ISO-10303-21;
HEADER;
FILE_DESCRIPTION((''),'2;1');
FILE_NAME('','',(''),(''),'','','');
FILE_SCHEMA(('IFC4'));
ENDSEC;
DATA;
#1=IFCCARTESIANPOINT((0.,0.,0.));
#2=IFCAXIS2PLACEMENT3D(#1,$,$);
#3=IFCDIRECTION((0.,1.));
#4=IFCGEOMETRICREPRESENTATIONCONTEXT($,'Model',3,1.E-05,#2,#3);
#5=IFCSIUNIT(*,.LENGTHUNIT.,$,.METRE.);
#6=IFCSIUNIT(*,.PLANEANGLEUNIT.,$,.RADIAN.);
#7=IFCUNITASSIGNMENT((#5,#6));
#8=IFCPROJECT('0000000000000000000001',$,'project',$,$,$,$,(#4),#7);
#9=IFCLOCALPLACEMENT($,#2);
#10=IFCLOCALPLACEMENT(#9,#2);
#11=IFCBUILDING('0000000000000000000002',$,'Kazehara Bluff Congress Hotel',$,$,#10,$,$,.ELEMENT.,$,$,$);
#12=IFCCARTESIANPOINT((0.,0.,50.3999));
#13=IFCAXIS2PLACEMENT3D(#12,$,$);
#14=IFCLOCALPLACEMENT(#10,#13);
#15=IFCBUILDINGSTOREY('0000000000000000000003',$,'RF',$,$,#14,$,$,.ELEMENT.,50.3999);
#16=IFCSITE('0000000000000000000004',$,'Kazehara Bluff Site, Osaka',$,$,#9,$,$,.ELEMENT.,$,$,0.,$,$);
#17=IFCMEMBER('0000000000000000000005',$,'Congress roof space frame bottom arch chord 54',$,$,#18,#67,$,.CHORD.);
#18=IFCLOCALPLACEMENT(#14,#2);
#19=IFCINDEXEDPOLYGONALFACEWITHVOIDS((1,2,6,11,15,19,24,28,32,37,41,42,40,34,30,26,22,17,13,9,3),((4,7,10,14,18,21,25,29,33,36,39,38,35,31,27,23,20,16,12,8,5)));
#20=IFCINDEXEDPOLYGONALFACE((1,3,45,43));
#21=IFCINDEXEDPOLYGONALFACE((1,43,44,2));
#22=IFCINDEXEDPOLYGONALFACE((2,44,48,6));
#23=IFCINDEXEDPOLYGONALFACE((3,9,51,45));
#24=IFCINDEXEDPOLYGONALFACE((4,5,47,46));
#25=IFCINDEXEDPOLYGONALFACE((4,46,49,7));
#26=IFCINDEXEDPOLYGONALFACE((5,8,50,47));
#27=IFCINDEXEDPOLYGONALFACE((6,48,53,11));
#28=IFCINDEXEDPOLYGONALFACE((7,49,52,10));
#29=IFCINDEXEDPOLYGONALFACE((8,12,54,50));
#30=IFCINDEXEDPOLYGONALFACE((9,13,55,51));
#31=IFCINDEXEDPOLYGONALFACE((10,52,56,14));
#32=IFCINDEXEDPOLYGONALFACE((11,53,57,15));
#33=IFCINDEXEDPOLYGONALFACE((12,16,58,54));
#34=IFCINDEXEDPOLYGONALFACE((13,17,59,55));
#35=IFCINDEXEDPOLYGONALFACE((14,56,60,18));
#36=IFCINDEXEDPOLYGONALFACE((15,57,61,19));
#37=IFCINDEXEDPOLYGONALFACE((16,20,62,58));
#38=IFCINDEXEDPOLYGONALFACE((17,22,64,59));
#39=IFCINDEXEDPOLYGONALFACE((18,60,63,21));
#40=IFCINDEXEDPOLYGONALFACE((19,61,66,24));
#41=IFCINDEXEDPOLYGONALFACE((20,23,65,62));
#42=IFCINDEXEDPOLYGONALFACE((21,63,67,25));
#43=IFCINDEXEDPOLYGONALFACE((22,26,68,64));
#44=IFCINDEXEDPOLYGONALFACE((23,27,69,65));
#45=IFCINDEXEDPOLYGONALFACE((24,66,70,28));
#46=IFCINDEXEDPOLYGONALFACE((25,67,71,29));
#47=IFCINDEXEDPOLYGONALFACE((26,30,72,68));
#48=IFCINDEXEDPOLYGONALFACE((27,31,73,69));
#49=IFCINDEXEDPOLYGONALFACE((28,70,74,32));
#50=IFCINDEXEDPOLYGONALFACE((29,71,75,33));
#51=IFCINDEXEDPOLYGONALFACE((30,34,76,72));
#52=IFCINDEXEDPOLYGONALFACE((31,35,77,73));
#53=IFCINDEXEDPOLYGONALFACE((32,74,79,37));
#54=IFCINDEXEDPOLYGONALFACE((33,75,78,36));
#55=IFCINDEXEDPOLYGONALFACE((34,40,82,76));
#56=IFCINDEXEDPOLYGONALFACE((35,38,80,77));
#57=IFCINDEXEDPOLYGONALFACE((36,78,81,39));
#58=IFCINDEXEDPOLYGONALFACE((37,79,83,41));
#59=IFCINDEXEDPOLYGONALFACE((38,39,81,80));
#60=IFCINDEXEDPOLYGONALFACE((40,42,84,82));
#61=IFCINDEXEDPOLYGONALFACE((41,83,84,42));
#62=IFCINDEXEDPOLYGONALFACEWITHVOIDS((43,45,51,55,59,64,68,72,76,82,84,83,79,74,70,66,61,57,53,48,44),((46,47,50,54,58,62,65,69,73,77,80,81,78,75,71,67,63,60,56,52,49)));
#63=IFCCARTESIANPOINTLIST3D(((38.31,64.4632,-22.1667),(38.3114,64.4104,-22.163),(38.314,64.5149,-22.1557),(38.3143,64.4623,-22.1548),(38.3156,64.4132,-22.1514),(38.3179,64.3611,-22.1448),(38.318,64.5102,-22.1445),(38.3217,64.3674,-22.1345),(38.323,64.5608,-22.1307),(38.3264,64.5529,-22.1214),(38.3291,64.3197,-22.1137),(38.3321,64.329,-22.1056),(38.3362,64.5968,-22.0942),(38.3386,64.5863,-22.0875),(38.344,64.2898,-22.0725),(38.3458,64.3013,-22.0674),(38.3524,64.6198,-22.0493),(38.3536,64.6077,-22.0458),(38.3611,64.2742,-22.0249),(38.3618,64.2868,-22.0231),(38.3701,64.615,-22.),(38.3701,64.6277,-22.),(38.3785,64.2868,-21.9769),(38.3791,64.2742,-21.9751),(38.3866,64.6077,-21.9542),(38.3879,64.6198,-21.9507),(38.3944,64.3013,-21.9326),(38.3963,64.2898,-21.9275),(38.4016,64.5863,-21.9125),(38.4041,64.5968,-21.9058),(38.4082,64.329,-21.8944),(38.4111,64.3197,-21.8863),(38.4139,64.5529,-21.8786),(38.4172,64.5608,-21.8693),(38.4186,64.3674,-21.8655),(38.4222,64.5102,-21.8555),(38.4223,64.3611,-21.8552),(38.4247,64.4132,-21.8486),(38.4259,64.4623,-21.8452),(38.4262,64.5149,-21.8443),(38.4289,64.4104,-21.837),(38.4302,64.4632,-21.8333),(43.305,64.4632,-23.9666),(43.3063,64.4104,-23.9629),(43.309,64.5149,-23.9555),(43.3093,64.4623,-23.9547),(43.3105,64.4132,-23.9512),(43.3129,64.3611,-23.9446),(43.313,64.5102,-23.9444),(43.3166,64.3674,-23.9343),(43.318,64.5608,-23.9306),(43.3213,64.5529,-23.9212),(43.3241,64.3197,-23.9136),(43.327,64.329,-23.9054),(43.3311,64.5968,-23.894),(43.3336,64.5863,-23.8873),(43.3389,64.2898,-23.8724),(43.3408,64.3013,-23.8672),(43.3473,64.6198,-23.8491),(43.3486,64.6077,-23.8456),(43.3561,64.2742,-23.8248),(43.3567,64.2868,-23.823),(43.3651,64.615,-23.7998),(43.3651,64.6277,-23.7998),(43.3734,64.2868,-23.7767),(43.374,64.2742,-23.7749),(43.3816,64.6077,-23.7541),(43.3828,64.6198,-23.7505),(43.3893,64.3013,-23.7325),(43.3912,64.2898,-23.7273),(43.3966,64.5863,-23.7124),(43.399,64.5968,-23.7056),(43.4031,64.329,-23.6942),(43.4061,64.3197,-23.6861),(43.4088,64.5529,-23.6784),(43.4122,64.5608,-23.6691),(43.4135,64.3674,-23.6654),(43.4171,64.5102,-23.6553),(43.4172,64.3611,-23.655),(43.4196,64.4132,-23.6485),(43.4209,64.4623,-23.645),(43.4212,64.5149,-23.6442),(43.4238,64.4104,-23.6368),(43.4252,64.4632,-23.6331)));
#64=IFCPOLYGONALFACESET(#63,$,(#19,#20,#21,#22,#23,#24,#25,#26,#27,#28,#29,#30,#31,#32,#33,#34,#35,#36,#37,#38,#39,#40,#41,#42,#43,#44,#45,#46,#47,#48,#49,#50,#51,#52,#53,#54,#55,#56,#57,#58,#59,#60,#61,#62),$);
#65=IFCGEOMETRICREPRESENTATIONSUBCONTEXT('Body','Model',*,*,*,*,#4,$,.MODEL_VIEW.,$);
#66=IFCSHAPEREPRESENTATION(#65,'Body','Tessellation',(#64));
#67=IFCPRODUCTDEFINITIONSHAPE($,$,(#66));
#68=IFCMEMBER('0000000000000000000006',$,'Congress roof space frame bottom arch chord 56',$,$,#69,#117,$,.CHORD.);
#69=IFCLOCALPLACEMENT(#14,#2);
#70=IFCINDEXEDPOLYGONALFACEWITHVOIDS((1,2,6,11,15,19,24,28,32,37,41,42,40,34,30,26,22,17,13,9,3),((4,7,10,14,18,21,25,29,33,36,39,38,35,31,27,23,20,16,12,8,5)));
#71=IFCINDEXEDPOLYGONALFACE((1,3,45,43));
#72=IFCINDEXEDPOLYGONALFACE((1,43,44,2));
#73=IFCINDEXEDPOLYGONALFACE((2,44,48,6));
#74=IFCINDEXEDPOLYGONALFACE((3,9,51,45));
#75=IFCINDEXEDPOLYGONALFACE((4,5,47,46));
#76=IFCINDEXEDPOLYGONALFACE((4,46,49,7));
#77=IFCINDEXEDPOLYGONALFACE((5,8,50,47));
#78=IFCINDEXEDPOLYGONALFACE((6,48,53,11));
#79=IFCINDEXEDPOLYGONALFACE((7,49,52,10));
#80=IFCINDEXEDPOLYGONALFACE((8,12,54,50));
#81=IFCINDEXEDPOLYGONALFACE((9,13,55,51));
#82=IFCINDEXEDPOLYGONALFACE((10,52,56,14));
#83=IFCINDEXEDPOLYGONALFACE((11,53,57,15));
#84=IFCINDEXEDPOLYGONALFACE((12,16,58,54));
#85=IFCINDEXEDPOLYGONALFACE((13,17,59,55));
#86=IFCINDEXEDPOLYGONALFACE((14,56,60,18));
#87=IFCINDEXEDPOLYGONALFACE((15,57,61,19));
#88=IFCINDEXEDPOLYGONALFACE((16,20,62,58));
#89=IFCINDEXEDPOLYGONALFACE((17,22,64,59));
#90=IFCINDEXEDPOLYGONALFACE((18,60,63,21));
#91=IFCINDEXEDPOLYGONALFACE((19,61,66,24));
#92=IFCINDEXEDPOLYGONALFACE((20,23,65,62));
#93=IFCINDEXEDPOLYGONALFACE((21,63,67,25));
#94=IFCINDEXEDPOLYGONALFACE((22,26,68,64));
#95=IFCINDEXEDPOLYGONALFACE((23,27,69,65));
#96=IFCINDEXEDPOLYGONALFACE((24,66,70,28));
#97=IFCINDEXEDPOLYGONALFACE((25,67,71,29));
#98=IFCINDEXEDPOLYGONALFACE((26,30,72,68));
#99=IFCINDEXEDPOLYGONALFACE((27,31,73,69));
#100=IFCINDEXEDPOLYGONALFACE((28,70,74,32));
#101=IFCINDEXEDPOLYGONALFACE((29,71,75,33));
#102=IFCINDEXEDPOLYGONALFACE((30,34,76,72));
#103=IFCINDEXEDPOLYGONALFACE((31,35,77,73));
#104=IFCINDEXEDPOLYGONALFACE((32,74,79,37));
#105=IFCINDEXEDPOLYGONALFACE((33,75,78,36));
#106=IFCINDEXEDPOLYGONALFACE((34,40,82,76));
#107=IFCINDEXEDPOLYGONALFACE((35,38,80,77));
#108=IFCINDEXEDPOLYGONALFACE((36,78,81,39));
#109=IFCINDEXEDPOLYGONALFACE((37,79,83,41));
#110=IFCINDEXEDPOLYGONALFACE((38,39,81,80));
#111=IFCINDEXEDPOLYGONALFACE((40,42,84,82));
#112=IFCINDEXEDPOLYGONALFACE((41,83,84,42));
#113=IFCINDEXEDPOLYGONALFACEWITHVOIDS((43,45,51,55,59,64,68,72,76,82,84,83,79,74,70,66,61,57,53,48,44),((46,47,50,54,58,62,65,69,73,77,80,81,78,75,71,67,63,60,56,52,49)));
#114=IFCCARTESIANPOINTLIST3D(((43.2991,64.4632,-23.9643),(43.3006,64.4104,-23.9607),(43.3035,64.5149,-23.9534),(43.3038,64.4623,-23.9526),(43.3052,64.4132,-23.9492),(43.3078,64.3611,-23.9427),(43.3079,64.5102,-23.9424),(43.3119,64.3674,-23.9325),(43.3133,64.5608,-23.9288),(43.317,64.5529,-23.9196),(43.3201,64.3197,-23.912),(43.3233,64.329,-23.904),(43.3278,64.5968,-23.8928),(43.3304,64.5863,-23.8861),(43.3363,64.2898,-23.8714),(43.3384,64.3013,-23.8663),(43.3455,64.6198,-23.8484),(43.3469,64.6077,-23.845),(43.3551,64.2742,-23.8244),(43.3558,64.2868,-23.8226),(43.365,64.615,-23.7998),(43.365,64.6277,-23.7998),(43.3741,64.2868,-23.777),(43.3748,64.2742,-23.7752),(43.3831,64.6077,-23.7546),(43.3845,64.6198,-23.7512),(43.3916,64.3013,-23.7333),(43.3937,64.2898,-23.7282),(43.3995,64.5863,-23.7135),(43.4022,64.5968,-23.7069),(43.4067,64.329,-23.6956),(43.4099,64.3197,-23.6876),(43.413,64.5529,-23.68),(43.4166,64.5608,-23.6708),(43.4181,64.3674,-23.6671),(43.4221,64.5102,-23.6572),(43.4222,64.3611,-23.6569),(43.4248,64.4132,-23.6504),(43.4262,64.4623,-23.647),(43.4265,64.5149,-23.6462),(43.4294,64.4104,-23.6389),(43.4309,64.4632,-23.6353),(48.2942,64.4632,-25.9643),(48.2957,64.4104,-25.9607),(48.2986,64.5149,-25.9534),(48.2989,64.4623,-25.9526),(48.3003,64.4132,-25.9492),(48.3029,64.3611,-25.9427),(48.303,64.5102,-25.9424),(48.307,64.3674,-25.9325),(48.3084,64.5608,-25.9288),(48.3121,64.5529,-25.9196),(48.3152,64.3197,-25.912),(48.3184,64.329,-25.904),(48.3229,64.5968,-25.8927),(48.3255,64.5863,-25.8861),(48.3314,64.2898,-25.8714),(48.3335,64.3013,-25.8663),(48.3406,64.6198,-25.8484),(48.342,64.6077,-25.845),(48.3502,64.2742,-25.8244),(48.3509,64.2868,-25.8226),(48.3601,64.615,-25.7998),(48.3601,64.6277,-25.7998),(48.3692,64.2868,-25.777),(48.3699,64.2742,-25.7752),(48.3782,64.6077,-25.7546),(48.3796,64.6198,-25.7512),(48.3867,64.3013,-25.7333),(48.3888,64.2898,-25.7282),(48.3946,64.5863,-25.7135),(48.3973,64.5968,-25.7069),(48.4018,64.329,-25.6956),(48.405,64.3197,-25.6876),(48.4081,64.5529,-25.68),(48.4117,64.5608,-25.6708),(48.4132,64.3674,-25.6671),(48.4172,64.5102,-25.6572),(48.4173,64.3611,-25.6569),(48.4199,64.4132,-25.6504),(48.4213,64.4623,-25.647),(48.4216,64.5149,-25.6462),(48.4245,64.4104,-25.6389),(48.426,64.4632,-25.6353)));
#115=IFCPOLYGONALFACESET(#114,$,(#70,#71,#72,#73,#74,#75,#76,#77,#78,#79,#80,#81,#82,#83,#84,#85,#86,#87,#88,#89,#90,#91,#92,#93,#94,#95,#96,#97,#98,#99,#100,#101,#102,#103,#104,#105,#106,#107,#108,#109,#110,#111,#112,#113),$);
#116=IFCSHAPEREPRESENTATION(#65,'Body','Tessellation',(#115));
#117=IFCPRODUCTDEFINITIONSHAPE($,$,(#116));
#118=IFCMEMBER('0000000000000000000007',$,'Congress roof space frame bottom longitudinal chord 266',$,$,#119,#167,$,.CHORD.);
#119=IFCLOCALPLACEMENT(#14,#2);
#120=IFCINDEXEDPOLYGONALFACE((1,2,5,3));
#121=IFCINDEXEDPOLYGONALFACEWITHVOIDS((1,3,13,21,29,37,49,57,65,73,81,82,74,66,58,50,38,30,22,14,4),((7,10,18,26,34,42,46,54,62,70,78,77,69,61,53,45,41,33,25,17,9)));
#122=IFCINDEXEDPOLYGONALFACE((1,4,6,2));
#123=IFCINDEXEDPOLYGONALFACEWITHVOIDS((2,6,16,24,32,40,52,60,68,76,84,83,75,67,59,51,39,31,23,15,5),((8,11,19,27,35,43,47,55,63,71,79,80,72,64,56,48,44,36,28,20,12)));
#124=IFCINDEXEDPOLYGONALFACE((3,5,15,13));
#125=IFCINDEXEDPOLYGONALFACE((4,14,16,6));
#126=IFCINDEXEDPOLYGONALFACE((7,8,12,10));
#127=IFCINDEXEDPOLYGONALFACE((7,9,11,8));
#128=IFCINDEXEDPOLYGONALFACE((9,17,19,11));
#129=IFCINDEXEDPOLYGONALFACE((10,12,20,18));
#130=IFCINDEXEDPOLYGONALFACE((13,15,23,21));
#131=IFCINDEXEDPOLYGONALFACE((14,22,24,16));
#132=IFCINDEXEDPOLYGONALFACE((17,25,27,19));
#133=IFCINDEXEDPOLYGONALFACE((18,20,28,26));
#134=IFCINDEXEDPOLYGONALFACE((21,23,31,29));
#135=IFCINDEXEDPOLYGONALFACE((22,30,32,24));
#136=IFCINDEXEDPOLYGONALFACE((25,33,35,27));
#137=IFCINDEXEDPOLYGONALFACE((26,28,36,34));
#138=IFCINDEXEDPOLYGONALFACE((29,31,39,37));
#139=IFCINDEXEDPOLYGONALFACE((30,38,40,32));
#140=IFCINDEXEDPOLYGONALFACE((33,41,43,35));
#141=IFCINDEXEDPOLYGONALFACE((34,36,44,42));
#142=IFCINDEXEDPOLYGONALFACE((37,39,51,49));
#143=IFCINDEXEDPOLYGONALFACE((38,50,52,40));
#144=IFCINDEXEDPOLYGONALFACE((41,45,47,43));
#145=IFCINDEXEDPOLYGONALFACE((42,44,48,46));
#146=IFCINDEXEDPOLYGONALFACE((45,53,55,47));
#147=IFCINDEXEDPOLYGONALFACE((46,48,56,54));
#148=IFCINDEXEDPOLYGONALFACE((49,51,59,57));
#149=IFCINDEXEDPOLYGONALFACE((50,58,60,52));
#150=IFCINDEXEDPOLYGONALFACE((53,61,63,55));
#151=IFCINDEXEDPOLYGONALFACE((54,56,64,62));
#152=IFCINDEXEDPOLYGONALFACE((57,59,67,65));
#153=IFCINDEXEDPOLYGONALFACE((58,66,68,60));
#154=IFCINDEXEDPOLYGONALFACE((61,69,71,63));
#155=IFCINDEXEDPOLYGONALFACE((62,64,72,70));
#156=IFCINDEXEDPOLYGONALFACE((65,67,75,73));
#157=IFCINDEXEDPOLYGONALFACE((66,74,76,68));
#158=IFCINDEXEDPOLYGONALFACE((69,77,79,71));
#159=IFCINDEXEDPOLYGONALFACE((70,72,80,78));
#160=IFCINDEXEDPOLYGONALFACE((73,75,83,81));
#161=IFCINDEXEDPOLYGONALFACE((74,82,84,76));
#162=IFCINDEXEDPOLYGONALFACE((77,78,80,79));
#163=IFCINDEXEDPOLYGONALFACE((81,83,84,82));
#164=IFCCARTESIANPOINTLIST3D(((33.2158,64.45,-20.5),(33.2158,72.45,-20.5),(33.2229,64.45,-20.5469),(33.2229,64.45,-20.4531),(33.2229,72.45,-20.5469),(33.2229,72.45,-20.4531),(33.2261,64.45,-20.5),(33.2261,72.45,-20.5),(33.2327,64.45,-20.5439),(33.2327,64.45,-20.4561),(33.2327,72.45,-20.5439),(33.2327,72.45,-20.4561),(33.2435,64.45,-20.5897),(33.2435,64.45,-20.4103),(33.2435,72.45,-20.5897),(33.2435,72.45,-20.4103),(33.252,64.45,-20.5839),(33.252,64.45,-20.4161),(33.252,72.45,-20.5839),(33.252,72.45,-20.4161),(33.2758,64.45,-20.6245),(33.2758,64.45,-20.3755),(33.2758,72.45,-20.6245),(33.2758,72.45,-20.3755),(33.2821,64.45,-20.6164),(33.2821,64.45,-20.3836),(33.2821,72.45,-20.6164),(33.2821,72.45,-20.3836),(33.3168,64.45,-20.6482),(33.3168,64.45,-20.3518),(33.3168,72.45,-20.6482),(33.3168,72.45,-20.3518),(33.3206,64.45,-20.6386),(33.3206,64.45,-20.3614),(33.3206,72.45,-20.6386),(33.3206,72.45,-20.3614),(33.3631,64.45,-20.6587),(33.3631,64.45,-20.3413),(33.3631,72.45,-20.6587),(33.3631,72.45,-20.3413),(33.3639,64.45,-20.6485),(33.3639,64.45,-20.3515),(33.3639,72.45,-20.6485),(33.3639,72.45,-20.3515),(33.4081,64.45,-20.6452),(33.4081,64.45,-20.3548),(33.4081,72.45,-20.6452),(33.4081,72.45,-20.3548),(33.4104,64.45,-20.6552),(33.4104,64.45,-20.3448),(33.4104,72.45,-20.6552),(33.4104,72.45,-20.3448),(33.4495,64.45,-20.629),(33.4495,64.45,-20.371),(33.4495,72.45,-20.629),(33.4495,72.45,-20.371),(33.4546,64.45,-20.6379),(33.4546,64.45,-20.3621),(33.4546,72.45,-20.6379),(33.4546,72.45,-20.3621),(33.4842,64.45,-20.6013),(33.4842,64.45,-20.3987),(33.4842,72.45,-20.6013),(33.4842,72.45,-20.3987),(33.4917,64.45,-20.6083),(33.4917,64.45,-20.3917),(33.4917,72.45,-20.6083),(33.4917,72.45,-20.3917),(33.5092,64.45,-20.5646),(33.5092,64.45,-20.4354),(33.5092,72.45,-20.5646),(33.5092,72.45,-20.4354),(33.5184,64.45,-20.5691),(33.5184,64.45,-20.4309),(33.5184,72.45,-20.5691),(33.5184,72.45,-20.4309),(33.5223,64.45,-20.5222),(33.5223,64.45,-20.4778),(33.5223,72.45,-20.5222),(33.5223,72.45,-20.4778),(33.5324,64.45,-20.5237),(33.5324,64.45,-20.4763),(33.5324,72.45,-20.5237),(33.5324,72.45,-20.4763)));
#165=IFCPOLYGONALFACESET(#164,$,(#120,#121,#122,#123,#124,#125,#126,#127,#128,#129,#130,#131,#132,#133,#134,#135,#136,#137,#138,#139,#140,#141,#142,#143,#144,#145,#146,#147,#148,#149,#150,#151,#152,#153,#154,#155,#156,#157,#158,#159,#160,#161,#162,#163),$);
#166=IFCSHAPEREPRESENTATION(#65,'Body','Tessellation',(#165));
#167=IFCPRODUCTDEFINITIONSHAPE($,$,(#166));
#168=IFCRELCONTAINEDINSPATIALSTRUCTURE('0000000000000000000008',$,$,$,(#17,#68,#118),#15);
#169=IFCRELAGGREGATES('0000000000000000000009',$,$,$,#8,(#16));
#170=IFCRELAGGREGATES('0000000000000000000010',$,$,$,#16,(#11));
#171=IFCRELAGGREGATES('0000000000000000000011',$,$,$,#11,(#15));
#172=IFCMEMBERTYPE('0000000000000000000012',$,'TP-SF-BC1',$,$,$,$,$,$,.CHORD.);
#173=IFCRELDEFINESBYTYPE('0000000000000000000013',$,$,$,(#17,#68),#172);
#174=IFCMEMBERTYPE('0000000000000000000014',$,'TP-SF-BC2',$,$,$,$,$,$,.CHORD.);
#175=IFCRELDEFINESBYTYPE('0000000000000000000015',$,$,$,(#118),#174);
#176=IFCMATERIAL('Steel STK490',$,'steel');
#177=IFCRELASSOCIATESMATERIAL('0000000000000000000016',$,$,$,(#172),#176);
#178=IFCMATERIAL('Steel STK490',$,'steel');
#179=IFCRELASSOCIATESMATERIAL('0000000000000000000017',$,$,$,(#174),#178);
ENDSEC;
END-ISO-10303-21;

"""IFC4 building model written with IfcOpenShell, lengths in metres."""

from ifc_helpers import new_model, si_unit, direction, frame, origin, origin_2d, place, context, subcontext, project, spatial, hollow_circle, extrude, material, material_profile, profile_set, type_object, element, save


model = new_model("IFC4")

# Units and contexts
model_context = context("Model", 3, precision=1e-05, world=origin(), true_north=direction((0.0, 1.0)))
body_context = subcontext(model_context, "Body", "Model", "MODEL_VIEW")
ifc_project = project(units=[si_unit("LENGTHUNIT", "METRE"), si_unit("PLANEANGLEUNIT", "RADIAN")], contexts=[model_context])

# Site, building, storey
site_placement = place(None, origin())
site = spatial("IfcSite", under=ifc_project, at=site_placement, Name="Kazehara Bluff Site, Osaka", CompositionType="ELEMENT", RefElevation=0.0)
building_placement = place(site_placement, origin())
building = spatial("IfcBuilding", under=site, at=building_placement, Name="Kazehara Bluff Congress Hotel", CompositionType="ELEMENT")
storey_placement = place(building_placement, frame((0.0, 0.0, 50.3999)))
storey = spatial("IfcBuildingStorey", under=building, at=storey_placement, Name="RF", CompositionType="ELEMENT", Elevation=50.3999)

# Members
ifc_material_1 = material(Name="Steel STK490", Category="steel")
ifc_material_profile_1 = material_profile(ifc_material_1, hollow_circle(Radius=0.1777, WallThickness=0.0127, at=origin_2d()))
ifc_profile_set_1 = profile_set([ifc_material_profile_1], Name="Steel STK490")
member_type_1 = type_object("IfcMemberType", Name="TP-SF-BC1", PredefinedType="CHORD", material=ifc_profile_set_1)
member_1_placement = place(storey_placement, frame((38.3701, 64.45, -22.0), z_axis=(0.940788, 0.0, -0.338995), x_axis=(0.0, 1.0, 0.0)))
element("IfcMember", 1, at=member_1_placement, inside=storey, type_object=member_type_1, Name="Congress roof space frame bottom arch chord 54", PredefinedType="CHORD", context=body_context, shape_type="SweptSolid", body=[
    extrude(hollow_circle(Radius=0.1777, WallThickness=0.0127, at=origin_2d()), origin(), (0.0, 0.0, 1.0), 5.3093),
])
member_2_placement = place(storey_placement, frame((43.365, 64.45, -23.7998), z_axis=(0.928351, 0.0, -0.371704), x_axis=(0.0, 1.0, 0.0)))
element("IfcMember", 2, at=member_2_placement, inside=storey, type_object=member_type_1, Name="Congress roof space frame bottom arch chord 56", PredefinedType="CHORD", context=body_context, shape_type="SweptSolid", body=[
    extrude(hollow_circle(Radius=0.1777, WallThickness=0.0127, at=origin_2d()), origin(), (0.0, 0.0, 1.0), 5.3806),
])
ifc_material_2 = material(Name="Steel STK490", Category="steel")
ifc_material_profile_2 = material_profile(ifc_material_2, hollow_circle(Radius=0.1592, WallThickness=0.0103, at=origin_2d()))
ifc_profile_set_2 = profile_set([ifc_material_profile_2], Name="Steel STK490")
member_type_2 = type_object("IfcMemberType", Name="TP-SF-BC2", PredefinedType="CHORD", material=ifc_profile_set_2)
member_3_placement = place(storey_placement, frame((33.375, 64.45, -20.5), z_axis=(0.0, 1.0, 0.0), x_axis=(-1.0, 0.0, 0.0)))
element("IfcMember", 3, at=member_3_placement, inside=storey, type_object=member_type_2, Name="Congress roof space frame bottom longitudinal chord 266", PredefinedType="CHORD", context=body_context, shape_type="SweptSolid", body=[
    extrude(hollow_circle(Radius=0.1592, WallThickness=0.0103, at=origin_2d()), origin(), (0.0, 0.0, 1.0), 8.0),
])

save(model, "model.ifc")
